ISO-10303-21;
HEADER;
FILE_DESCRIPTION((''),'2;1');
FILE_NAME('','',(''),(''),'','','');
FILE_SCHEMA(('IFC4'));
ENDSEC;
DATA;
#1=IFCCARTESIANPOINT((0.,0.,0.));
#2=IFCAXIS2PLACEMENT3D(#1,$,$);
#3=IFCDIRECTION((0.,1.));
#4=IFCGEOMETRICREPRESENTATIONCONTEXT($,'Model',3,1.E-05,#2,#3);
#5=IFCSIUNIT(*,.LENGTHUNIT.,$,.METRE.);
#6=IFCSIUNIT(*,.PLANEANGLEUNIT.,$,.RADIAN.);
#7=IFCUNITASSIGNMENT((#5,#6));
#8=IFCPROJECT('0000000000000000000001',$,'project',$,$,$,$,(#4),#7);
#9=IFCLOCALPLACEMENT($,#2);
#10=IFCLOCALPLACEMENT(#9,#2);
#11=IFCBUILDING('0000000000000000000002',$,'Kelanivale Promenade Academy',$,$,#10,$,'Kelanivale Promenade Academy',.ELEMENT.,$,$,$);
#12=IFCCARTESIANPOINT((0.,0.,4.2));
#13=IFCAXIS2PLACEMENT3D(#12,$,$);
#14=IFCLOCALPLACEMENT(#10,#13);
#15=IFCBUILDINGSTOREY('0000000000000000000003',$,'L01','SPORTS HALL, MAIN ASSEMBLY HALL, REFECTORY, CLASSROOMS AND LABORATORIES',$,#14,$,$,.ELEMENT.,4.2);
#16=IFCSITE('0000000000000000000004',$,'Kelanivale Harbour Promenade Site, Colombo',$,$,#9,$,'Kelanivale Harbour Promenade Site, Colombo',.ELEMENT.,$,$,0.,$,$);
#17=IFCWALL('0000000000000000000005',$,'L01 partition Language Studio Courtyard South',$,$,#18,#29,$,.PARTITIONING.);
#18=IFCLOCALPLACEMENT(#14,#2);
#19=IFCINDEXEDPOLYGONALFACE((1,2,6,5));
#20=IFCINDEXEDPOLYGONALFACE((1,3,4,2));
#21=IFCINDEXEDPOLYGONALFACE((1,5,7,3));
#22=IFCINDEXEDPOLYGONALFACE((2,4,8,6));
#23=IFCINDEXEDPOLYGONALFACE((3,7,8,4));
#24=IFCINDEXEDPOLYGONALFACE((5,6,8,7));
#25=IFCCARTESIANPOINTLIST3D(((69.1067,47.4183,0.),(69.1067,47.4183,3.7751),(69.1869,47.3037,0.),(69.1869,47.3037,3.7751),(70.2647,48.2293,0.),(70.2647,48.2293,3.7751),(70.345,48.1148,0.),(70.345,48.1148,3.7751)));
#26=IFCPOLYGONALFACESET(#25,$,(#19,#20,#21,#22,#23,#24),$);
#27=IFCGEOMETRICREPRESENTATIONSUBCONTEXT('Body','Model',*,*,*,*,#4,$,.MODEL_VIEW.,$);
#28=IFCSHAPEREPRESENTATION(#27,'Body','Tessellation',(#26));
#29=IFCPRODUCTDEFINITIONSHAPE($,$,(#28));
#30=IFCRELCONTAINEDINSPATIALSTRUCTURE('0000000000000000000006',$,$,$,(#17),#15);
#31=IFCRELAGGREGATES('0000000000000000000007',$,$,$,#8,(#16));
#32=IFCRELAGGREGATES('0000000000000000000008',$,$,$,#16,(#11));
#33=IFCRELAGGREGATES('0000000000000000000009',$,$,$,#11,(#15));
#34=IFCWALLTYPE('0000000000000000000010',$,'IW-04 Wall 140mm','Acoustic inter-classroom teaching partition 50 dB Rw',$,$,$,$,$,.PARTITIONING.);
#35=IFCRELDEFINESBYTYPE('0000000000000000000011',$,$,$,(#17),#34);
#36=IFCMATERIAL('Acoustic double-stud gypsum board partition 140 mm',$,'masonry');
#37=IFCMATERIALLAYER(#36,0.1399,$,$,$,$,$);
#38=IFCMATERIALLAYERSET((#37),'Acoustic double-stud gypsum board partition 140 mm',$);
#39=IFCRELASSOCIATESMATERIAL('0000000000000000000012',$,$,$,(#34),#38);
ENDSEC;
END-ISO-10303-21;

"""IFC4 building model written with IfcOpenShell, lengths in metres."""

from ifc_helpers import new_model, si_unit, direction, frame, frame_2d, origin, place, context, subcontext, project, spatial, rectangle, extrude, material, layer, layer_set, type_object, element, save


model = new_model("IFC4")

# Units and contexts
model_context = context("Model", 3, precision=1e-05, world=origin(), true_north=direction((0.0, 1.0)))
body_context = subcontext(model_context, "Body", "Model", "MODEL_VIEW")
ifc_project = project(units=[si_unit("LENGTHUNIT", "METRE"), si_unit("PLANEANGLEUNIT", "RADIAN")], contexts=[model_context])

# Site, building, storey
site_placement = place(None, origin())
site = spatial("IfcSite", under=ifc_project, at=site_placement, Name="Kelanivale Harbour Promenade Site, Colombo", LongName="Kelanivale Harbour Promenade Site, Colombo", CompositionType="ELEMENT", RefElevation=0.0)
building_placement = place(site_placement, origin())
building = spatial("IfcBuilding", under=site, at=building_placement, Name="Kelanivale Promenade Academy", LongName="Kelanivale Promenade Academy", CompositionType="ELEMENT")
storey_placement = place(building_placement, frame((0.0, 0.0, 4.2)))
storey = spatial("IfcBuildingStorey", under=building, at=storey_placement, Name="L01", Description="SPORTS HALL, MAIN ASSEMBLY HALL, REFECTORY, CLASSROOMS AND LABORATORIES", CompositionType="ELEMENT", Elevation=4.2)

# Wall
ifc_material_1 = material(Name="Acoustic double-stud gypsum board partition 140 mm", Category="masonry")
ifc_layer_1 = layer(ifc_material_1, 0.1399)
ifc_layer_set_1 = layer_set([ifc_layer_1], Name="Acoustic double-stud gypsum board partition 140 mm")
wall_type = type_object("IfcWallType", Name="IW-04 Wall 140mm", Description="Acoustic inter-classroom teaching partition 50 dB Rw", PredefinedType="PARTITIONING", material=ifc_layer_set_1)
wall_1_placement = place(storey_placement, frame((70.3049, 48.1721, 0.0), z_axis=(0.0, 0.0, 1.0), x_axis=(-0.819078, -0.573683, 0.0)))
element("IfcWall", 1, at=wall_1_placement, inside=storey, type_object=wall_type, Name="L01 partition Language Studio Courtyard South", PredefinedType="PARTITIONING", context=body_context, shape_type="SweptSolid", body=[
    extrude(rectangle(XDim=1.4138, YDim=0.1399, at=frame_2d((0.707, 0.0))), origin(), (0.0, 0.0, 1.0), 3.7751),
])

save(model, "model.ifc")
